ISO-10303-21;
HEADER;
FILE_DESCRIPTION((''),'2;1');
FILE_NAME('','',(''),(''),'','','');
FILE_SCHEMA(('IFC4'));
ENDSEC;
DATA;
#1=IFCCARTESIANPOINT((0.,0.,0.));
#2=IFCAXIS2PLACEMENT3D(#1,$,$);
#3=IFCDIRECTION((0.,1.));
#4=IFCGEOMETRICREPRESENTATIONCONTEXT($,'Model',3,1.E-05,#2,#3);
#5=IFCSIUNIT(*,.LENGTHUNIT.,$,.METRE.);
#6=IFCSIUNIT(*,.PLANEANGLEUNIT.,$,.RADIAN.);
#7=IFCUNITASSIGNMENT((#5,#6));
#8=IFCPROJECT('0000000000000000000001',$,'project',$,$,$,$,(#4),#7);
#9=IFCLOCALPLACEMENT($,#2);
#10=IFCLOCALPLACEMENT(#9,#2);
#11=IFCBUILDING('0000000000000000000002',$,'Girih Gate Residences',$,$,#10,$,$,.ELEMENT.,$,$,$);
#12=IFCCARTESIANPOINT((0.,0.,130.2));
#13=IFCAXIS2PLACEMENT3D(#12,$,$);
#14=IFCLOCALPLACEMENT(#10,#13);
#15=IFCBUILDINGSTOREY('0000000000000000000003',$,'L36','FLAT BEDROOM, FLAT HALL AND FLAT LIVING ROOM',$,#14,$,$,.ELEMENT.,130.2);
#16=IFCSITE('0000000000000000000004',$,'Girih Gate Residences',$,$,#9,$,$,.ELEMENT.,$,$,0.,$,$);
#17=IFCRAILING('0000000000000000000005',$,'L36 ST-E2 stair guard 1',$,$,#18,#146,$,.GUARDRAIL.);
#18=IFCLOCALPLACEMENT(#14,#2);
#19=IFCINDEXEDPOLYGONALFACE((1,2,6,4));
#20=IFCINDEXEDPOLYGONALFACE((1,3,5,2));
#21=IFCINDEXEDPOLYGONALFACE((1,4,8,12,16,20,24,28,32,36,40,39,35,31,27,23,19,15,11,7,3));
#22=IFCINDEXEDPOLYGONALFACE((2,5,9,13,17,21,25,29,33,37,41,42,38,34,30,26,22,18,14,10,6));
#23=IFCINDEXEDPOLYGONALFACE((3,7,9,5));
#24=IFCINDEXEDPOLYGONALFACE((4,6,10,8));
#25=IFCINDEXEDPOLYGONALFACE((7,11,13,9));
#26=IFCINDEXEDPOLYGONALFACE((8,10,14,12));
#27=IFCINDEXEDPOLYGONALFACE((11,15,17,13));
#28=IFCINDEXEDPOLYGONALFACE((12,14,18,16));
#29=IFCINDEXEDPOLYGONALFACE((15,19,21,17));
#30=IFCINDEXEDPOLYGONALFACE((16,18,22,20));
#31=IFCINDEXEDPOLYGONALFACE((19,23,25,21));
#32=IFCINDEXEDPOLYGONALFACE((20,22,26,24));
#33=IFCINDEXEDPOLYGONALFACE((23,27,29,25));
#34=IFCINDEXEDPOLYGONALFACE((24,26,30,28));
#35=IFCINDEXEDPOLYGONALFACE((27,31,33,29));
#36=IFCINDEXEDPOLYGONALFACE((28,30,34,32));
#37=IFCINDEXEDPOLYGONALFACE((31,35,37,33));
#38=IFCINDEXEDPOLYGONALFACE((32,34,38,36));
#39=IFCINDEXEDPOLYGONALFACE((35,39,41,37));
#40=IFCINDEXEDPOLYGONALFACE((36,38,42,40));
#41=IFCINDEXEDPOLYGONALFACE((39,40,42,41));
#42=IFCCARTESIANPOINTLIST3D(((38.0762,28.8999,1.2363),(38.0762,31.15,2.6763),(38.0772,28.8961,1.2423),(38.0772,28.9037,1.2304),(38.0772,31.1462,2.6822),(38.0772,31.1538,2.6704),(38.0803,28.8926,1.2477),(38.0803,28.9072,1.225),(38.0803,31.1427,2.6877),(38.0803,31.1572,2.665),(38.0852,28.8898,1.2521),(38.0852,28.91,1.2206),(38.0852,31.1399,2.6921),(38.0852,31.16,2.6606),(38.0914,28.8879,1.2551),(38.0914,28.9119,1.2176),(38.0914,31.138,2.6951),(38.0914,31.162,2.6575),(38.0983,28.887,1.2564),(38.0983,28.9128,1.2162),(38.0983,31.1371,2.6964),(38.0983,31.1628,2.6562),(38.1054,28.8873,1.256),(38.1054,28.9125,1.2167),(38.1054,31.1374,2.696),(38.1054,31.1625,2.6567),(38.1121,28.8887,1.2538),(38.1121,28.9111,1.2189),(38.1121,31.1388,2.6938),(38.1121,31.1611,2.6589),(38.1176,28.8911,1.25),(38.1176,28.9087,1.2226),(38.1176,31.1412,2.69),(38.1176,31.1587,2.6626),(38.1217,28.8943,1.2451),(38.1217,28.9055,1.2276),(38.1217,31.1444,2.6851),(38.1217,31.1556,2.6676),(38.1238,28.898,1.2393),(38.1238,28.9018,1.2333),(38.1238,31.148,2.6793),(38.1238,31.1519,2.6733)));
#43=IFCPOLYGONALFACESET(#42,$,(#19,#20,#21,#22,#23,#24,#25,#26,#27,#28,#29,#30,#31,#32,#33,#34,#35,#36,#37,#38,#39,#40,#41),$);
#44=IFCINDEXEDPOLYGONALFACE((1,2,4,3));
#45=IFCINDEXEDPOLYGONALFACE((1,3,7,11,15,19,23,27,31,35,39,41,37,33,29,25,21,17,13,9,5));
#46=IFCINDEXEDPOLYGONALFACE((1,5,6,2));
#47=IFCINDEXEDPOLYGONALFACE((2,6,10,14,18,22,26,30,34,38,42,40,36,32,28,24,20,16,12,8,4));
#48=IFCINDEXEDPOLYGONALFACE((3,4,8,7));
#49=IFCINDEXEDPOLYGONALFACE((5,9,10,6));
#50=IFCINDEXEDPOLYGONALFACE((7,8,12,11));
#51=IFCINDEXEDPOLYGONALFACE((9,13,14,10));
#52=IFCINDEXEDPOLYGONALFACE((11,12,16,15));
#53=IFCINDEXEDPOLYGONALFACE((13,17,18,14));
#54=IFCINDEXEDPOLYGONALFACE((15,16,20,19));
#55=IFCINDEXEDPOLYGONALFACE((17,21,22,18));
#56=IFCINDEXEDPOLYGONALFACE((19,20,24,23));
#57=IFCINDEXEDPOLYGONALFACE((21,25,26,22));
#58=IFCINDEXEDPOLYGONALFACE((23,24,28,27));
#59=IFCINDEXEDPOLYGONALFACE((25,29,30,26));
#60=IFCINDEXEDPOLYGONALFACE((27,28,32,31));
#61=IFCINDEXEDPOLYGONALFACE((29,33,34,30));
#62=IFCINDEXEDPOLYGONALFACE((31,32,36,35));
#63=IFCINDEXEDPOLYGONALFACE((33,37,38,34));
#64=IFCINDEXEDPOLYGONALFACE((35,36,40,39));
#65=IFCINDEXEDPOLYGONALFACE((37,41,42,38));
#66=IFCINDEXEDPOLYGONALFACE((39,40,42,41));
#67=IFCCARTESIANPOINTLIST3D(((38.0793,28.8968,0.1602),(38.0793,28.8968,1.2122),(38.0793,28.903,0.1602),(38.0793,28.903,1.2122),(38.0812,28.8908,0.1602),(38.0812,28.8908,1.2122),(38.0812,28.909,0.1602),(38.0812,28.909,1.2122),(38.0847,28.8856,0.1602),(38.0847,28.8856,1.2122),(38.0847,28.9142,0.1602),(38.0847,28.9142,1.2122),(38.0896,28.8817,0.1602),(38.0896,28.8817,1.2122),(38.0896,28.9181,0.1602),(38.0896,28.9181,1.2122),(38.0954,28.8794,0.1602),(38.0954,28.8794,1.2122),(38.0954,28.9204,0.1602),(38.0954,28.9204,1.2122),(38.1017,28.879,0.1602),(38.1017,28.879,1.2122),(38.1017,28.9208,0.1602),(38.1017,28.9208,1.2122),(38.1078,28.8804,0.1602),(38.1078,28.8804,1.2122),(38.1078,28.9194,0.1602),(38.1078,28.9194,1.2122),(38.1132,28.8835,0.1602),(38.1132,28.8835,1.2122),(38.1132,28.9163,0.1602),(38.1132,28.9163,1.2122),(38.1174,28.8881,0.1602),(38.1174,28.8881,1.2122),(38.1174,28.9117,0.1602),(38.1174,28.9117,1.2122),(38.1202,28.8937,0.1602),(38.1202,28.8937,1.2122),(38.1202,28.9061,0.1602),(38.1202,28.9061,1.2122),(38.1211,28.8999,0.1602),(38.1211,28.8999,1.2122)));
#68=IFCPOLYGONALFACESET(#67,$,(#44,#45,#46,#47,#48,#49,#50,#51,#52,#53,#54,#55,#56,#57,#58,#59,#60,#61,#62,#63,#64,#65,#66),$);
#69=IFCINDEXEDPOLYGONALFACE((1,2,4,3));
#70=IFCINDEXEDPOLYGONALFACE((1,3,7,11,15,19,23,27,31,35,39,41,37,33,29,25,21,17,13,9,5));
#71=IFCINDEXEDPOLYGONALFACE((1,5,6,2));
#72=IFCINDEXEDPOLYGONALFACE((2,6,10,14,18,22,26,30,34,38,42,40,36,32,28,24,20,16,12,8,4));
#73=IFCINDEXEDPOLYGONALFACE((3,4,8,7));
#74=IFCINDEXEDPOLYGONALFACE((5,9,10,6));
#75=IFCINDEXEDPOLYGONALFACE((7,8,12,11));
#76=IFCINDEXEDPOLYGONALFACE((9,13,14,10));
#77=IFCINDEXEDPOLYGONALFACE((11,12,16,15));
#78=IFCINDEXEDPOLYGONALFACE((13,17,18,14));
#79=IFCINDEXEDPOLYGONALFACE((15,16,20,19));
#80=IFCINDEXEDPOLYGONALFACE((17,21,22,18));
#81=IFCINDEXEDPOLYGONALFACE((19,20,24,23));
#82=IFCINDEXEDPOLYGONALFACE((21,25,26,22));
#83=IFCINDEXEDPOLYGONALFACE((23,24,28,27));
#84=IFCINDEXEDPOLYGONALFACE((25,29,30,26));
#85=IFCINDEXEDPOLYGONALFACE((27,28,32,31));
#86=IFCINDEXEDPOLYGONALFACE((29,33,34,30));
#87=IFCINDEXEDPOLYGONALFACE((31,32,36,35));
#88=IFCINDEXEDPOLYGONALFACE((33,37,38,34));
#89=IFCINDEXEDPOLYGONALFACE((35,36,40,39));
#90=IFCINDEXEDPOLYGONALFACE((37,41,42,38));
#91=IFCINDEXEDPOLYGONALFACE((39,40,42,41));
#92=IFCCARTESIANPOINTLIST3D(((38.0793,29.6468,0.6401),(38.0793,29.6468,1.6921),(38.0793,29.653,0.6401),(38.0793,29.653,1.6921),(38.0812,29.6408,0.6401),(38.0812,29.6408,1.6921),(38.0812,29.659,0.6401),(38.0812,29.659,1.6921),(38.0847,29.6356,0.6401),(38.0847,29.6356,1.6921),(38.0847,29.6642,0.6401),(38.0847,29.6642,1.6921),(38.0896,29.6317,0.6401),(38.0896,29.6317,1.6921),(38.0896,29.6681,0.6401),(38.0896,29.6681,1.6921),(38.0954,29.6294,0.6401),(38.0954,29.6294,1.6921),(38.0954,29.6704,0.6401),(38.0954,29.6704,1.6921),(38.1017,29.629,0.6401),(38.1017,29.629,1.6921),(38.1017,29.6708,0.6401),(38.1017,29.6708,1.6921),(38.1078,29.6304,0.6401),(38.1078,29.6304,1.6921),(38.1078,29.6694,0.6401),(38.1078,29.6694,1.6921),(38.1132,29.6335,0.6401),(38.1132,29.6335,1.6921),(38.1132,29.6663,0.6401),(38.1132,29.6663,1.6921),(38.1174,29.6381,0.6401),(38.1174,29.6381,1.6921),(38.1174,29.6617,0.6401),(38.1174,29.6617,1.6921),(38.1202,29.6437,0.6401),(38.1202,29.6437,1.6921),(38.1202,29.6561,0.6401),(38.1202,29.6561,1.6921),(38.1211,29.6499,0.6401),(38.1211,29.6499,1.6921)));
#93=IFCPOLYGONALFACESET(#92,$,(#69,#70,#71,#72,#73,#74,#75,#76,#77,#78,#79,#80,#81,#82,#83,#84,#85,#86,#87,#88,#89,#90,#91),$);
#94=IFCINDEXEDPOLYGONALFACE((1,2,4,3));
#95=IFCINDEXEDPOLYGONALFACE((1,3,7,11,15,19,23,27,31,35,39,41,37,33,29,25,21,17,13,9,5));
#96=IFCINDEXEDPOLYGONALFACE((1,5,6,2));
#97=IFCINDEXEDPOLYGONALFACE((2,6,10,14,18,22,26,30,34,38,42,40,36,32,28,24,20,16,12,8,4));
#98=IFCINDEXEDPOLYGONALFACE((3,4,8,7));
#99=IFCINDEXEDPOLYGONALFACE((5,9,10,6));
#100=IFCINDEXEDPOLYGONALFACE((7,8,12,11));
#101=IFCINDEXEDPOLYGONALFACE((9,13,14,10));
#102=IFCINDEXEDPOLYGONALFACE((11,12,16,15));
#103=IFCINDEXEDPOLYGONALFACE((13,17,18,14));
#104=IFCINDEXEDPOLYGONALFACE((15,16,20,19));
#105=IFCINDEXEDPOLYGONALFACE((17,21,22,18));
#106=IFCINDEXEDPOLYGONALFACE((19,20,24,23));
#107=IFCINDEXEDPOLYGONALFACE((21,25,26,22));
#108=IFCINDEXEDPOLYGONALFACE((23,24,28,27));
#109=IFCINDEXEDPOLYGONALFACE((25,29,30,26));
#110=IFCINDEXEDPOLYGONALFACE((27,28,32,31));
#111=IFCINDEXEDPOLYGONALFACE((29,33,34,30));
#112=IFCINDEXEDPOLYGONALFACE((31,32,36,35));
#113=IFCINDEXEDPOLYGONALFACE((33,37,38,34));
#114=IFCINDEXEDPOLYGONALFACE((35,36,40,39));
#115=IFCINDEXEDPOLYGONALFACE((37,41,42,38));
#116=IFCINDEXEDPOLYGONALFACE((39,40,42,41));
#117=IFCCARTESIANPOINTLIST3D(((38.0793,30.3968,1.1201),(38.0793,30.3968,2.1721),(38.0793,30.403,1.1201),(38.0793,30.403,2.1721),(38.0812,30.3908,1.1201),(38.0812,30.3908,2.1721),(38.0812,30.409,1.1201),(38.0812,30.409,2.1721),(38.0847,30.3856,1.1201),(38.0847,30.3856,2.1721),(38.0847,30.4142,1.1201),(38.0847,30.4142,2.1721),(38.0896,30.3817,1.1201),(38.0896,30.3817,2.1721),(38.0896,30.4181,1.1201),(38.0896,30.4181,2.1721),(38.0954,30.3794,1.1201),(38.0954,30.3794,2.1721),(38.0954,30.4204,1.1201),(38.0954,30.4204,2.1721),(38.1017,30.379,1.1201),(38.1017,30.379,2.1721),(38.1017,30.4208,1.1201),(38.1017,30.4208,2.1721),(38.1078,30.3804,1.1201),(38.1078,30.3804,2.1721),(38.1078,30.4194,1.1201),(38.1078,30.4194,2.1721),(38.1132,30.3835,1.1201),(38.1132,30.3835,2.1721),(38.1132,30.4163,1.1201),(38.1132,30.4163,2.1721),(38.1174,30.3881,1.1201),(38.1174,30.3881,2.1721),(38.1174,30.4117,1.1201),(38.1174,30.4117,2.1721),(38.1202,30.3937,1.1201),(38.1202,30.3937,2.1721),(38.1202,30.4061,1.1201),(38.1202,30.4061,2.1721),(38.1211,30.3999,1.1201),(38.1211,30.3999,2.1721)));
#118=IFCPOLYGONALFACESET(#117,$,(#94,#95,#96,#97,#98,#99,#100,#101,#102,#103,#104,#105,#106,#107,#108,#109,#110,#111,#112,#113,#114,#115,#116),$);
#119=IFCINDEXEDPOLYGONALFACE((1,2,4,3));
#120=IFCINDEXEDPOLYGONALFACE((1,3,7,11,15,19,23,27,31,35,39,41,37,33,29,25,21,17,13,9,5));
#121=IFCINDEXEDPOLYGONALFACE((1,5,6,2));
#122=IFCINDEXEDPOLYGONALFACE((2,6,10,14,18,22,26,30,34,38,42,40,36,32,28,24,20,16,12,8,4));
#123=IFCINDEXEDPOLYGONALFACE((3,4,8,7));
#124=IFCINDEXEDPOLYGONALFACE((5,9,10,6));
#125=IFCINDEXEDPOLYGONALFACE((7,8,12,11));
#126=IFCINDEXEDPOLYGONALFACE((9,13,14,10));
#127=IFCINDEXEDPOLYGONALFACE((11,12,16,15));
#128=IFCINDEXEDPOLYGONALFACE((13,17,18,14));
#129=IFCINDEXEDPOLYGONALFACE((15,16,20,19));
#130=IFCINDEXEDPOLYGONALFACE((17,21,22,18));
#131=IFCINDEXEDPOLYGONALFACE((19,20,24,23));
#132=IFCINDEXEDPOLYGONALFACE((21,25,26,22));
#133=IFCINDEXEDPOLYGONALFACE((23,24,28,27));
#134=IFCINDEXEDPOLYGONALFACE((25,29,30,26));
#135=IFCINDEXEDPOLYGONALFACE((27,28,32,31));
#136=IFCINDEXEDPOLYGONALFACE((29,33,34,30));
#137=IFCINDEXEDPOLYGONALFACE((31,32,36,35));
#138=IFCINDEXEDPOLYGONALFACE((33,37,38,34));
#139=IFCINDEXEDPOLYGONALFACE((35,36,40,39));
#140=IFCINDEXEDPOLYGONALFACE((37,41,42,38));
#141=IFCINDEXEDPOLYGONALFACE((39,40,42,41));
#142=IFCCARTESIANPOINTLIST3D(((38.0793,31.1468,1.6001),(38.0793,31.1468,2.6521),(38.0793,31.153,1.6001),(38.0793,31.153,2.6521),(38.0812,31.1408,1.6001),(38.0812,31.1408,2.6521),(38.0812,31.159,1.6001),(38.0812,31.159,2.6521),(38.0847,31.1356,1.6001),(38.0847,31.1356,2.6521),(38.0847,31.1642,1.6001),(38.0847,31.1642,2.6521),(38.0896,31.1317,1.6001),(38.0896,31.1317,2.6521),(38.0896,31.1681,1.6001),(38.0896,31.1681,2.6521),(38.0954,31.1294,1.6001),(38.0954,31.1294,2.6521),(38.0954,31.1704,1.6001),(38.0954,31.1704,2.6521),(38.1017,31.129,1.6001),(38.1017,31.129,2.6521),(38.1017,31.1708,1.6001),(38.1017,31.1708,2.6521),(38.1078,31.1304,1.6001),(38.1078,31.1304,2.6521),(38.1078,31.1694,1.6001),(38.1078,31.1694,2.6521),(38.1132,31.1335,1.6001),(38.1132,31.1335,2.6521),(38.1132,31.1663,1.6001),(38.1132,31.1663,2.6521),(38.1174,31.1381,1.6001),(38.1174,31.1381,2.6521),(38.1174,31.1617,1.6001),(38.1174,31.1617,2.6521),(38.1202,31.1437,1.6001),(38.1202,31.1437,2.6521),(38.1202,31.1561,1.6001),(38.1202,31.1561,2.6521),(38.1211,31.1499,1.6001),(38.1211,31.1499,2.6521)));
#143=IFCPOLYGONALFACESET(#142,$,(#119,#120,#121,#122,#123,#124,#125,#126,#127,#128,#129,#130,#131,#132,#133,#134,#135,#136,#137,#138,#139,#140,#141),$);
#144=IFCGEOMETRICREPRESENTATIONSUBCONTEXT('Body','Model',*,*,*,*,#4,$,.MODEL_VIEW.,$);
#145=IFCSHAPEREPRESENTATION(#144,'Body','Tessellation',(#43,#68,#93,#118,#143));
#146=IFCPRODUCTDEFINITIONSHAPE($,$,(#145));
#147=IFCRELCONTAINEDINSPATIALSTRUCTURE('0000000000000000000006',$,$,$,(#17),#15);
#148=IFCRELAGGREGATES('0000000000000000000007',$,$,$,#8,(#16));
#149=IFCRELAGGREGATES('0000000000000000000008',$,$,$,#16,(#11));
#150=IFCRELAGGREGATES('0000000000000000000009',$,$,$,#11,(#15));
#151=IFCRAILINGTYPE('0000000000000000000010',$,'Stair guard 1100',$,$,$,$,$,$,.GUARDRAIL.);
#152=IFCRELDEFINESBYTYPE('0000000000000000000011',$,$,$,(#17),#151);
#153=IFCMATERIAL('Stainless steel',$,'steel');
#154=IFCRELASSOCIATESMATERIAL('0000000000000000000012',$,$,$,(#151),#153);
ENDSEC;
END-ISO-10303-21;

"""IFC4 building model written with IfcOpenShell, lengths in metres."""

from ifc_helpers import new_model, si_unit, direction, frame, origin, origin_2d, place, context, subcontext, project, spatial, circle, extrude, material, type_object, element, save


model = new_model("IFC4")

# Units and contexts
model_context = context("Model", 3, precision=1e-05, world=origin(), true_north=direction((0.0, 1.0)))
body_context = subcontext(model_context, "Body", "Model", "MODEL_VIEW")
ifc_project = project(units=[si_unit("LENGTHUNIT", "METRE"), si_unit("PLANEANGLEUNIT", "RADIAN")], contexts=[model_context])

# Site, building, storey
site_placement = place(None, origin())
site = spatial("IfcSite", under=ifc_project, at=site_placement, Name="Girih Gate Residences", CompositionType="ELEMENT", RefElevation=0.0)
building_placement = place(site_placement, origin())
building = spatial("IfcBuilding", under=site, at=building_placement, Name="Girih Gate Residences", CompositionType="ELEMENT")
storey_placement = place(building_placement, frame((0.0, 0.0, 130.2)))
storey = spatial("IfcBuildingStorey", under=building, at=storey_placement, Name="L36", Description="FLAT BEDROOM, FLAT HALL AND FLAT LIVING ROOM", CompositionType="ELEMENT", Elevation=130.2)

# Railing
ifc_material_1 = material(Name="Stainless steel", Category="steel")
railing_type = type_object("IfcRailingType", Name="Stair guard 1100", PredefinedType="GUARDRAIL", material=ifc_material_1)
railing_placement = place(storey_placement, frame((38.1001, 28.8999, 0.1602)))
element("IfcRailing", 1, at=railing_placement, inside=storey, type_object=railing_type, Name="L36 ST-E2 stair guard 1", PredefinedType="GUARDRAIL", context=body_context, shape_type="SweptSolid", body=[
    extrude(circle(Radius=0.0239, at=origin_2d()), frame((0.0, 0.0, 1.0762), z_axis=(0.0, 0.842281, 0.539038), x_axis=(-1.0, 0.0, 0.0)), (0.0, 0.0, 1.0), 2.6714),
    extrude(circle(Radius=0.021, at=origin_2d()), origin(), (0.0, 0.0, 1.0), 1.052),
    extrude(circle(Radius=0.021, at=origin_2d()), frame((0.0, 0.75, 0.48)), (0.0, 0.0, 1.0), 1.052),
    extrude(circle(Radius=0.021, at=origin_2d()), frame((0.0, 1.5, 0.96)), (0.0, 0.0, 1.0), 1.052),
    extrude(circle(Radius=0.021, at=origin_2d()), frame((0.0, 2.25, 1.4399)), (0.0, 0.0, 1.0), 1.052),
])

save(model, "model.ifc")
